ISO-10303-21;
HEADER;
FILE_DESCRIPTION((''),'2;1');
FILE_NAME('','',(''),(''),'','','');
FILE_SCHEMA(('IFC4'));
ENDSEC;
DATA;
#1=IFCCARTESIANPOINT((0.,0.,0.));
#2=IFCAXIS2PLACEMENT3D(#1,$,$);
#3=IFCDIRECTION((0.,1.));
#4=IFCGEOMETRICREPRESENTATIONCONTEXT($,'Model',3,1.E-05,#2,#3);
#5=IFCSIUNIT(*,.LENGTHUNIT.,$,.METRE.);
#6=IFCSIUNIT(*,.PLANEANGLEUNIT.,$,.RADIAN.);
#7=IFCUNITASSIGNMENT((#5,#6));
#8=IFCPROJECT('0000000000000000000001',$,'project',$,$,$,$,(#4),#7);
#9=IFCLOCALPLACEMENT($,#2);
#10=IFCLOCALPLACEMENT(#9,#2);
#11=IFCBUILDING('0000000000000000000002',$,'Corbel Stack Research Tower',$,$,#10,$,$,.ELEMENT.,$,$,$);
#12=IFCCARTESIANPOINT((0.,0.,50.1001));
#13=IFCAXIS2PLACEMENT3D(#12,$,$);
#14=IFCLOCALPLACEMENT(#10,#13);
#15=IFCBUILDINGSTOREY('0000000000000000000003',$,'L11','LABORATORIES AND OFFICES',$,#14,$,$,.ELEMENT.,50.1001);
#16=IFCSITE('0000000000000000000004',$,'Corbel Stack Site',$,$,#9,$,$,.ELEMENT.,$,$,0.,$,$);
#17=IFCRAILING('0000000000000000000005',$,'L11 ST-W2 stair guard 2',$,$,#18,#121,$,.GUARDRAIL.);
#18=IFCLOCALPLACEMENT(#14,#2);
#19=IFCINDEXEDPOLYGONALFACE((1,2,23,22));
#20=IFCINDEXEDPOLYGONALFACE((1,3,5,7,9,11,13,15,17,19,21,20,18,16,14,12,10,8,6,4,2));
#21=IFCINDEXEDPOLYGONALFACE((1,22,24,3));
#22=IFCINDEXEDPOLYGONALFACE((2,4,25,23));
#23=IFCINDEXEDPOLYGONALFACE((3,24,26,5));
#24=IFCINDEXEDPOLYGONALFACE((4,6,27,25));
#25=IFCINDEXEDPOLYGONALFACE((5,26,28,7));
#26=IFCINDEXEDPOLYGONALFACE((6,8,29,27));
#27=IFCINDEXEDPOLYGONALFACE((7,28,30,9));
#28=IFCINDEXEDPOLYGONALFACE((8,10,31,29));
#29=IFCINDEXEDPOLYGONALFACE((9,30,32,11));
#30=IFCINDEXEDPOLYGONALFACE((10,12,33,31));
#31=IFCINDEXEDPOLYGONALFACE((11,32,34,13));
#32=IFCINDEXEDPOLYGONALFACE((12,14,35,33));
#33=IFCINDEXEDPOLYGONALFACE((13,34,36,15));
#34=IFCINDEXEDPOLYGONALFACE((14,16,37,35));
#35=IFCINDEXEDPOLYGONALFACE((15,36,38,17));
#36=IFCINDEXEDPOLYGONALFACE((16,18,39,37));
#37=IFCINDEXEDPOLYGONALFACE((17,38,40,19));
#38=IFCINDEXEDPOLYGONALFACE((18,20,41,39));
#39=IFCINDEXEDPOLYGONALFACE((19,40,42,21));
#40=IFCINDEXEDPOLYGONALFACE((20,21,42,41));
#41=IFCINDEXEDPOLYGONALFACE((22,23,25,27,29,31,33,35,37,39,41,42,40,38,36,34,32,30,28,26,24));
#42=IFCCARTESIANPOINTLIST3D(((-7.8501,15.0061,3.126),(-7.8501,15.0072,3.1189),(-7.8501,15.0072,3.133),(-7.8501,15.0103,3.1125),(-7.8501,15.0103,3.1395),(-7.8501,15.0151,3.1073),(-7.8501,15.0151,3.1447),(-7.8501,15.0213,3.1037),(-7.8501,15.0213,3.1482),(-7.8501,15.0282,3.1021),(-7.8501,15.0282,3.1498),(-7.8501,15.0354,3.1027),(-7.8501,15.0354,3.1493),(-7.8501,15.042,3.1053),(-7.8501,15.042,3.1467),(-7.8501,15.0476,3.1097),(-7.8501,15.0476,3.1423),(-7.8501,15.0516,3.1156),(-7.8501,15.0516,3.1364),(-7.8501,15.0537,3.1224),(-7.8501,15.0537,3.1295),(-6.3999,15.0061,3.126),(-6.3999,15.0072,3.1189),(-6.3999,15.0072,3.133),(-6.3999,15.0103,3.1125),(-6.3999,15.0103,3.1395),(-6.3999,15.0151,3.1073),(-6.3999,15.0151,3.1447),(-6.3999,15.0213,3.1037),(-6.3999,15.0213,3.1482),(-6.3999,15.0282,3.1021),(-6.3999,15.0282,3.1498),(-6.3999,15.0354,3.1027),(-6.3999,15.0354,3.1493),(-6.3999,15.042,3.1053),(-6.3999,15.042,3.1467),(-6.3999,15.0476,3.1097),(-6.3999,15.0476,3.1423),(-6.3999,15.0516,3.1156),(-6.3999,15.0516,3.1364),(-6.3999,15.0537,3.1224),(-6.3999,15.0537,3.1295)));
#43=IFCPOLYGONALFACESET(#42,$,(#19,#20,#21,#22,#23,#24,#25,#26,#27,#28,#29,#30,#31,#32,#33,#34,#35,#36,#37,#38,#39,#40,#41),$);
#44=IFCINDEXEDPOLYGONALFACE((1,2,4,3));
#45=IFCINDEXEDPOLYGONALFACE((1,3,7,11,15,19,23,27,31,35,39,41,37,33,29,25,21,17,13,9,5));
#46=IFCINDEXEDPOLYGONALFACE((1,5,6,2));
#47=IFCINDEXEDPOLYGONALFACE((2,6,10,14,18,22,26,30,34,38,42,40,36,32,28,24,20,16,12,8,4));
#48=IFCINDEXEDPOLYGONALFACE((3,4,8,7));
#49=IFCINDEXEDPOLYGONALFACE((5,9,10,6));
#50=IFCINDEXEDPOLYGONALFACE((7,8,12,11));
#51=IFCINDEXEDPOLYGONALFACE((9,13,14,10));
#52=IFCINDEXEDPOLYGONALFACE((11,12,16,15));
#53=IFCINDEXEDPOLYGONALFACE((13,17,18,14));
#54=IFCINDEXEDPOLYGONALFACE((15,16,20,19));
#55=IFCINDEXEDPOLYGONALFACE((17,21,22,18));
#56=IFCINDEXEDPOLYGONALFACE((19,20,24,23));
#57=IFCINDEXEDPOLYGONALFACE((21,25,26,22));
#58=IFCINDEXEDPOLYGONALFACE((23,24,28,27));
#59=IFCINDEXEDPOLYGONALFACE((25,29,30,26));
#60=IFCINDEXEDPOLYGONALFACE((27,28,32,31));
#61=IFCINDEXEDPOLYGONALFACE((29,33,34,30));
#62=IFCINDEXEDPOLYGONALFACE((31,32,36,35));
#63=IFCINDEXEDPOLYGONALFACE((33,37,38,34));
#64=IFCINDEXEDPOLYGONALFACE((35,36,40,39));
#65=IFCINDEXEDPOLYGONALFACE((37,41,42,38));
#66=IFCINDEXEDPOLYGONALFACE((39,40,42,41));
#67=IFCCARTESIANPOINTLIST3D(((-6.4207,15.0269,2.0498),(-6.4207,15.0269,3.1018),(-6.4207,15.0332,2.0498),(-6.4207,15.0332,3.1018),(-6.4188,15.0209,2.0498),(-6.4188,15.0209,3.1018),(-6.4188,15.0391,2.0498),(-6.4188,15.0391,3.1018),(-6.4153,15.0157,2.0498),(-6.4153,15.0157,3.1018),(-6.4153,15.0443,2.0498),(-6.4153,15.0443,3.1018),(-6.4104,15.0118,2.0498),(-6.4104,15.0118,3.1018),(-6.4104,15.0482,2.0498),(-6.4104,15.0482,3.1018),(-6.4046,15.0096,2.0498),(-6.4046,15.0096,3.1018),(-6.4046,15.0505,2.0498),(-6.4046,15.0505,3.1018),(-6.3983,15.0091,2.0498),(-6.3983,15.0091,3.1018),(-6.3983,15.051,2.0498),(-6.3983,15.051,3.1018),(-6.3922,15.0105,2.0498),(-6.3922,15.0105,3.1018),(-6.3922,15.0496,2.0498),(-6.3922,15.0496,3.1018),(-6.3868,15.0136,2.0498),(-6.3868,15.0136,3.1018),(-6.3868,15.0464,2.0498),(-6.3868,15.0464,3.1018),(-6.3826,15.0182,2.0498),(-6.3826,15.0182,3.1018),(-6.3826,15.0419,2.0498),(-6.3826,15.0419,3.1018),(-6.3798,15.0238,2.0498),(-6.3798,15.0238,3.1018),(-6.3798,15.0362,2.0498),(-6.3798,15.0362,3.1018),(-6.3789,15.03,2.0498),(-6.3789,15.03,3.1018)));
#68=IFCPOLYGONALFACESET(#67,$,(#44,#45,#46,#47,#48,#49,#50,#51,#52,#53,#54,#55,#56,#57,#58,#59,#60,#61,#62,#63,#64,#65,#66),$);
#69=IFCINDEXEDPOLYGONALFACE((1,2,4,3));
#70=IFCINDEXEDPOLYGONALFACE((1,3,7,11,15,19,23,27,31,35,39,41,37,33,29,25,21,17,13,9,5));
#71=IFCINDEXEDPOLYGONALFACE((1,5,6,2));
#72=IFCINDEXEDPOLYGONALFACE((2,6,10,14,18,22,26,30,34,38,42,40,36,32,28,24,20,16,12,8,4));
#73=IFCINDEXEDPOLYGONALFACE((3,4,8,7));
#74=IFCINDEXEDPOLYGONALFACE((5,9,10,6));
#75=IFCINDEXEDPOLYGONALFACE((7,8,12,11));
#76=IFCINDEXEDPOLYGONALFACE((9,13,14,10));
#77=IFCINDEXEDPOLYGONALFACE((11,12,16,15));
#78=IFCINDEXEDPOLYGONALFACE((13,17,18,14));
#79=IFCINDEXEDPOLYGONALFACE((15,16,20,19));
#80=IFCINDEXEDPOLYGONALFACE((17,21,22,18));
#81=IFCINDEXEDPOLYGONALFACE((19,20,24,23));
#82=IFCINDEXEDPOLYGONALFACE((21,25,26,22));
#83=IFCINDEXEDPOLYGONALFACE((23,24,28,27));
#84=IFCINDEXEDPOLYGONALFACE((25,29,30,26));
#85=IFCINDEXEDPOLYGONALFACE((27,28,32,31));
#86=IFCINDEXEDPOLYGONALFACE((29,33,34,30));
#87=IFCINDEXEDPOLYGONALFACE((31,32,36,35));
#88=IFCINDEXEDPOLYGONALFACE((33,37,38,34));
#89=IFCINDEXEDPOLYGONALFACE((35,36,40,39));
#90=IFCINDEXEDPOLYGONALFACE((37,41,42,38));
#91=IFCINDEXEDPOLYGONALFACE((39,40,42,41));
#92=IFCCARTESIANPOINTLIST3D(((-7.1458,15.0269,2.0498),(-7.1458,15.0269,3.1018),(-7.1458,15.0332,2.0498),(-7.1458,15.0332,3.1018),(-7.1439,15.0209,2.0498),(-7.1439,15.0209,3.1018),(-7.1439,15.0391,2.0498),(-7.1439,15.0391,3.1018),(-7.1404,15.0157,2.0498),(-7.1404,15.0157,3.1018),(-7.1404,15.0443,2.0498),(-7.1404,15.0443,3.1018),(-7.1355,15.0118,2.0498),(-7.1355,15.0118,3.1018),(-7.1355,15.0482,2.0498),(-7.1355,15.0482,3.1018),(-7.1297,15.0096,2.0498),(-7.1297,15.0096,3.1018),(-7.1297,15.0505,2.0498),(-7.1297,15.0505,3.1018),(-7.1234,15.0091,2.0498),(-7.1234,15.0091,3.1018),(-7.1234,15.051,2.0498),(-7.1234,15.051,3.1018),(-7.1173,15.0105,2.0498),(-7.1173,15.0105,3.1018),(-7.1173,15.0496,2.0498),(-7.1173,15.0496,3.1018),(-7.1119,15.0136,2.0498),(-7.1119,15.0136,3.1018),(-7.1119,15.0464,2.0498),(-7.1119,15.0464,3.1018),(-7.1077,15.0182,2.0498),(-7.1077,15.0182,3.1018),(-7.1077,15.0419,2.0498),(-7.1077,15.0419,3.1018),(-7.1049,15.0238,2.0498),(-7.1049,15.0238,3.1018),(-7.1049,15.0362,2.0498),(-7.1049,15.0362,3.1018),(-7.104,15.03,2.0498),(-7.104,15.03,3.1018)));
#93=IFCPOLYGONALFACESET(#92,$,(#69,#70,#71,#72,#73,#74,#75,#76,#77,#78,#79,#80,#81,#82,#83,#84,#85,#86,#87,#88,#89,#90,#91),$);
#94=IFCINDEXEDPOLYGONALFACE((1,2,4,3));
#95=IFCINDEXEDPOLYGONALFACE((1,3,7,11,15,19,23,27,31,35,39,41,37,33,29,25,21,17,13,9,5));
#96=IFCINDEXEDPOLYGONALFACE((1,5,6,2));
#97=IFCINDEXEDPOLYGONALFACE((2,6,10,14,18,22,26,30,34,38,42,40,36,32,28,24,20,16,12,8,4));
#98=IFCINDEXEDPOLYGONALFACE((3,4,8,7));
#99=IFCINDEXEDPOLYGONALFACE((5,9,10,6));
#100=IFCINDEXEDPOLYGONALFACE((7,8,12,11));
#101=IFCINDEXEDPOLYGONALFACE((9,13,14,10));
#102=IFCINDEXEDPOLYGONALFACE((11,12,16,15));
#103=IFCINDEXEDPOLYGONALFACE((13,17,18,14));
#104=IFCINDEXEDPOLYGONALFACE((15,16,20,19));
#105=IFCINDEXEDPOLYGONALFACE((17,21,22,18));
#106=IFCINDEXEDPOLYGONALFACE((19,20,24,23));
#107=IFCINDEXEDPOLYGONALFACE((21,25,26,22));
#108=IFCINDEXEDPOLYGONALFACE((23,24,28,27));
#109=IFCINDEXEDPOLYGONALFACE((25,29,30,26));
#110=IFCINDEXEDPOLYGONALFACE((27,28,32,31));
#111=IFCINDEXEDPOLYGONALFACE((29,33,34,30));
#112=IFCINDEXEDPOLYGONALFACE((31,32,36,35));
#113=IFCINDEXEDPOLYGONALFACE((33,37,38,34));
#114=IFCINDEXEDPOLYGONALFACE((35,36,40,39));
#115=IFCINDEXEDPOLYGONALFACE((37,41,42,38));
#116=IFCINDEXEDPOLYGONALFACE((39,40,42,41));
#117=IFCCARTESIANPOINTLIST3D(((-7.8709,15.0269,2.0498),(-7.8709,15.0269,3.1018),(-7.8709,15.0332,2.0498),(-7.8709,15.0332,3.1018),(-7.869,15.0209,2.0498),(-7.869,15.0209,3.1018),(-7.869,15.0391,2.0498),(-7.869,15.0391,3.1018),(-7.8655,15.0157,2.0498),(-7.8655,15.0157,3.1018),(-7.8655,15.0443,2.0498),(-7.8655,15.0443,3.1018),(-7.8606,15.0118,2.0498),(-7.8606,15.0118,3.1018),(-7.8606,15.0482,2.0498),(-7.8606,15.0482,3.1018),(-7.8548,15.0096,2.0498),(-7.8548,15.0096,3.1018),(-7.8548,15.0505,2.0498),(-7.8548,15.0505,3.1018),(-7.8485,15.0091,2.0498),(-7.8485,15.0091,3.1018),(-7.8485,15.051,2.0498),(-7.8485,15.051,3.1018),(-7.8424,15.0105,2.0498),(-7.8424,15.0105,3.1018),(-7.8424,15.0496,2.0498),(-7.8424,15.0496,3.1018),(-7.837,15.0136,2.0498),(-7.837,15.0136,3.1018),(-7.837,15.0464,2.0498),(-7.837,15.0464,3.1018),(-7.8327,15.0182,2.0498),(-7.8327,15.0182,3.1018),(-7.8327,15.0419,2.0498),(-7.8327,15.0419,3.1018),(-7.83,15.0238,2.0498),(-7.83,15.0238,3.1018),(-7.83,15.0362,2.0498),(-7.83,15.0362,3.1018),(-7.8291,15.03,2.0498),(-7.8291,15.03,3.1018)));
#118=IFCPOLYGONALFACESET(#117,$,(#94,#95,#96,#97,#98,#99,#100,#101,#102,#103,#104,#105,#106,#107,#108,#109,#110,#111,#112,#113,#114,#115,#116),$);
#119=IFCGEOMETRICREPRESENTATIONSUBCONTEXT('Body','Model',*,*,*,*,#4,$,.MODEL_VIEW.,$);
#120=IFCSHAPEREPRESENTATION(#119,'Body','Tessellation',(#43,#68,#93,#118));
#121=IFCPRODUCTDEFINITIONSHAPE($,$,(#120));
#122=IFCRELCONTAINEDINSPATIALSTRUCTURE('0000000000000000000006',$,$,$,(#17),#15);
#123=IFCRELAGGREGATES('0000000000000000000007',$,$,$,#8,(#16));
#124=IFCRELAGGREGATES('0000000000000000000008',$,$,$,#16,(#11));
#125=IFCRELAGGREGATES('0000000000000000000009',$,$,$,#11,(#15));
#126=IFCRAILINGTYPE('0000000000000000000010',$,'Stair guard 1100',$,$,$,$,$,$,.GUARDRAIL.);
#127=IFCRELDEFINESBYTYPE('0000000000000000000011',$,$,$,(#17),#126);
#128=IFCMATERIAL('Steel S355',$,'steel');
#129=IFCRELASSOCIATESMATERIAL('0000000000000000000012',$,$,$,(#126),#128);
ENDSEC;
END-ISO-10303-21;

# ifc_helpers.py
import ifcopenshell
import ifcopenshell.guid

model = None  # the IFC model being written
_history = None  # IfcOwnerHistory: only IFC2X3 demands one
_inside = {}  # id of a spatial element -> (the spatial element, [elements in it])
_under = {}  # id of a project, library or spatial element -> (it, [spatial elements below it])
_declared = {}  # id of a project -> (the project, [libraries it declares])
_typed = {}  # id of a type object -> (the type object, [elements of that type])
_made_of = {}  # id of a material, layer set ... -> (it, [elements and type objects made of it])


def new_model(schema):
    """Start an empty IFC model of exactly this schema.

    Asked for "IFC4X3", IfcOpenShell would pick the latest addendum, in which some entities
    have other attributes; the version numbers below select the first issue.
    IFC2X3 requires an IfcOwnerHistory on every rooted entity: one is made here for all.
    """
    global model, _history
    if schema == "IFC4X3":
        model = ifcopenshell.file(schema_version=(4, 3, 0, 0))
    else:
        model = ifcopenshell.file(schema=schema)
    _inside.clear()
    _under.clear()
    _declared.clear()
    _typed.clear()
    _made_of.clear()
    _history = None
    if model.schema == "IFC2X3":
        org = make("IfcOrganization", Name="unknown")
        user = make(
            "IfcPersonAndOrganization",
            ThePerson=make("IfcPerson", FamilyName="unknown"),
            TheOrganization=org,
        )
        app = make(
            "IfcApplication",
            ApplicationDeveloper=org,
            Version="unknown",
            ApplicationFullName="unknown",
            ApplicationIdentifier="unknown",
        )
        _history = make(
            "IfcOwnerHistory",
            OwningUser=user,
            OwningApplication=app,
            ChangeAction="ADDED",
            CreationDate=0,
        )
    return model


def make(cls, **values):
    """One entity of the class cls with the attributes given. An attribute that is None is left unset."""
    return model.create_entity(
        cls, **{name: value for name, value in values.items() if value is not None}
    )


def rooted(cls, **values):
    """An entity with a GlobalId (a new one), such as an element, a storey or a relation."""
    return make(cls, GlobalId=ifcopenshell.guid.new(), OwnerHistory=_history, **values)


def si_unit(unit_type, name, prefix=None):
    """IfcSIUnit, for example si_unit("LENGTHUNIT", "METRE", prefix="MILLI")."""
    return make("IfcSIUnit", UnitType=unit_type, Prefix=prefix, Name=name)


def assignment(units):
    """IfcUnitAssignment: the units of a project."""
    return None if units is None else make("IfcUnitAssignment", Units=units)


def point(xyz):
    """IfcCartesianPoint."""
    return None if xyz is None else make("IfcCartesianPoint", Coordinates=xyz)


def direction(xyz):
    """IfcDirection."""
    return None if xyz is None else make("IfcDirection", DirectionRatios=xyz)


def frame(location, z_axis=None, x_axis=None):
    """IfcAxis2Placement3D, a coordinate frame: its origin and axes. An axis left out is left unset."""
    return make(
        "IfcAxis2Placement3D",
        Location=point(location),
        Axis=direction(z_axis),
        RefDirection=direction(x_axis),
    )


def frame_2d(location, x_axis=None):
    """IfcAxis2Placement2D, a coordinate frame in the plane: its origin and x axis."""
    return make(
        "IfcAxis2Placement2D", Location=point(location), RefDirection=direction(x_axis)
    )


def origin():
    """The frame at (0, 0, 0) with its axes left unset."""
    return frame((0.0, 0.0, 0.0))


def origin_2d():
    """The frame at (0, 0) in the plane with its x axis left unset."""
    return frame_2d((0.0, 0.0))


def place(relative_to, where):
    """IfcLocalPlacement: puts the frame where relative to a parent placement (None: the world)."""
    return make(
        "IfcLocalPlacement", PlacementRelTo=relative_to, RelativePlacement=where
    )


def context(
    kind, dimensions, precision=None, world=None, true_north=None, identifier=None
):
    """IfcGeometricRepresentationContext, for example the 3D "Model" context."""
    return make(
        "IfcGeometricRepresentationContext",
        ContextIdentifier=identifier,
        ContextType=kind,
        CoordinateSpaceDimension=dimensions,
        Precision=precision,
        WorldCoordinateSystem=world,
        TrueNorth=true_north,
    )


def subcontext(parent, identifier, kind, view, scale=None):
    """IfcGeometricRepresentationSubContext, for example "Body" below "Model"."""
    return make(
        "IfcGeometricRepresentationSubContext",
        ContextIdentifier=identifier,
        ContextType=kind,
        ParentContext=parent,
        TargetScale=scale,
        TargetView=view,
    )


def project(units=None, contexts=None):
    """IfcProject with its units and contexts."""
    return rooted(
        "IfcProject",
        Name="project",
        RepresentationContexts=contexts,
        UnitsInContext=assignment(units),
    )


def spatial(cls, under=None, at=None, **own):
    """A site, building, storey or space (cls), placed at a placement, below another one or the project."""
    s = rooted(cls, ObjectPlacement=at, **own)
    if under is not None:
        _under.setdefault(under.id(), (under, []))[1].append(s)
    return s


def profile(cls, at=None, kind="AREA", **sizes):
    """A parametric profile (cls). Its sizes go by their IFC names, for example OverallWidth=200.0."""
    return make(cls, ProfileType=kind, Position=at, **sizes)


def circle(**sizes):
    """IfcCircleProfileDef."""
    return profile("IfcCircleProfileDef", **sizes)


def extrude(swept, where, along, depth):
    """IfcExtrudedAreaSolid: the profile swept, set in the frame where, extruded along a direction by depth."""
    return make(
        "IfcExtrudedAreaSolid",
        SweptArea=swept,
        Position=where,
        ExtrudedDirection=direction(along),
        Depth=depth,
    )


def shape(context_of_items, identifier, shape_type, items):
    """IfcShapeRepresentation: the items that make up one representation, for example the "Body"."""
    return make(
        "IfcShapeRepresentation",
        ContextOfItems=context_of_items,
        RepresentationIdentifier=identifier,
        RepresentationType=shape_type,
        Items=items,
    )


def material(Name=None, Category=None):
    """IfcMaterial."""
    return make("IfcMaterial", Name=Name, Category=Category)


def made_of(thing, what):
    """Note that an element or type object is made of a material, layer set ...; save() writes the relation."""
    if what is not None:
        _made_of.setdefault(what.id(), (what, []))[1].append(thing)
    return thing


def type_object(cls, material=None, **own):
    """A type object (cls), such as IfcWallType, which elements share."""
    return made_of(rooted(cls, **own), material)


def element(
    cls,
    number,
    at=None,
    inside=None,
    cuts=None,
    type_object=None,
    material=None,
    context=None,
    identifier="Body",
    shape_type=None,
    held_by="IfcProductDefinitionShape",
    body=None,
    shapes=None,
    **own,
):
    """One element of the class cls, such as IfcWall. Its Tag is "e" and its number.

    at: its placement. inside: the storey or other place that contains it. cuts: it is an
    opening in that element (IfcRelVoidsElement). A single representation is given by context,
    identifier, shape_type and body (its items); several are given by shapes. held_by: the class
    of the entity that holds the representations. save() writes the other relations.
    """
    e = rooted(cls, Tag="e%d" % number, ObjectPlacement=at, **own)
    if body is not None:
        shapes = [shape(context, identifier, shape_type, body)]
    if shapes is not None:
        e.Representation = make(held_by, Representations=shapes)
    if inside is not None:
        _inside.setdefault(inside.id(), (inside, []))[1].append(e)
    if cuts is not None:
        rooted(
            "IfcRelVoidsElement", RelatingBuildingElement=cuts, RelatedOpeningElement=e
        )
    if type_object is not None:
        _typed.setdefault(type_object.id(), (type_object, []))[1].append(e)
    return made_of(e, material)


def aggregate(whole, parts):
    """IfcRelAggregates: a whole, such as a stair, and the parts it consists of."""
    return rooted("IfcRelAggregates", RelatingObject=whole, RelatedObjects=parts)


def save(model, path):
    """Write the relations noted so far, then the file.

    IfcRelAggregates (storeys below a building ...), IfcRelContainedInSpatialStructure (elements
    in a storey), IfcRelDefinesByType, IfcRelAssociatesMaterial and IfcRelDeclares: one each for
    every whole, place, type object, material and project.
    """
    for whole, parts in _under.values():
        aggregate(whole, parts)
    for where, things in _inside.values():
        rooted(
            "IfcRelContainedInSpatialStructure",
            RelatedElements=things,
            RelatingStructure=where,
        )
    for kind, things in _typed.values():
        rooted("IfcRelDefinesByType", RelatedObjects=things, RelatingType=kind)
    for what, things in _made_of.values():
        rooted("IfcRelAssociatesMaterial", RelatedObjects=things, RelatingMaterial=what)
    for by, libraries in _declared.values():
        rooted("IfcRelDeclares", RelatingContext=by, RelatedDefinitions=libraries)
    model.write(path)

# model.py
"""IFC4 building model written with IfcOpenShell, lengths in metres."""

from ifc_helpers import new_model, si_unit, direction, frame, origin, origin_2d, place, context, subcontext, project, spatial, circle, extrude, material, type_object, element, save


model = new_model("IFC4")

# Units and contexts
model_context = context("Model", 3, precision=1e-05, world=origin(), true_north=direction((0.0, 1.0)))
body_context = subcontext(model_context, "Body", "Model", "MODEL_VIEW")
ifc_project = project(units=[si_unit("LENGTHUNIT", "METRE"), si_unit("PLANEANGLEUNIT", "RADIAN")], contexts=[model_context])

# Site, building, storey
site_placement = place(None, origin())
site = spatial("IfcSite", under=ifc_project, at=site_placement, Name="Corbel Stack Site", CompositionType="ELEMENT", RefElevation=0.0)
building_placement = place(site_placement, origin())
building = spatial("IfcBuilding", under=site, at=building_placement, Name="Corbel Stack Research Tower", CompositionType="ELEMENT")
storey_placement = place(building_placement, frame((0.0, 0.0, 50.1001)))
storey = spatial("IfcBuildingStorey", under=building, at=storey_placement, Name="L11", Description="LABORATORIES AND OFFICES", CompositionType="ELEMENT", Elevation=50.1001)

# Railing
ifc_material_1 = material(Name="Steel S355", Category="steel")
railing_type_1 = type_object("IfcRailingType", Name="Stair guard 1100", PredefinedType="GUARDRAIL", material=ifc_material_1)
railing_1_placement = place(storey_placement, frame((-6.3999, 15.03, 2.0498)))
element("IfcRailing", 1, at=railing_1_placement, inside=storey, type_object=railing_type_1, Name="L11 ST-W2 stair guard 2", PredefinedType="GUARDRAIL", context=body_context, shape_type="SweptSolid", body=[
    extrude(circle(Radius=0.0239, at=origin_2d()), frame((0.0, 0.0, 1.0762), z_axis=(-1.0, 0.0, 0.0), x_axis=(0.0, -1.0, 0.0)), (0.0, 0.0, 1.0), 1.4502),
    extrude(circle(Radius=0.021, at=origin_2d()), origin(), (0.0, 0.0, 1.0), 1.052),
    extrude(circle(Radius=0.021, at=origin_2d()), frame((-0.7251, 0.0, 0.0)), (0.0, 0.0, 1.0), 1.052),
    extrude(circle(Radius=0.021, at=origin_2d()), frame((-1.4502, 0.0, 0.0)), (0.0, 0.0, 1.0), 1.052),
])

save(model, "model.ifc")
